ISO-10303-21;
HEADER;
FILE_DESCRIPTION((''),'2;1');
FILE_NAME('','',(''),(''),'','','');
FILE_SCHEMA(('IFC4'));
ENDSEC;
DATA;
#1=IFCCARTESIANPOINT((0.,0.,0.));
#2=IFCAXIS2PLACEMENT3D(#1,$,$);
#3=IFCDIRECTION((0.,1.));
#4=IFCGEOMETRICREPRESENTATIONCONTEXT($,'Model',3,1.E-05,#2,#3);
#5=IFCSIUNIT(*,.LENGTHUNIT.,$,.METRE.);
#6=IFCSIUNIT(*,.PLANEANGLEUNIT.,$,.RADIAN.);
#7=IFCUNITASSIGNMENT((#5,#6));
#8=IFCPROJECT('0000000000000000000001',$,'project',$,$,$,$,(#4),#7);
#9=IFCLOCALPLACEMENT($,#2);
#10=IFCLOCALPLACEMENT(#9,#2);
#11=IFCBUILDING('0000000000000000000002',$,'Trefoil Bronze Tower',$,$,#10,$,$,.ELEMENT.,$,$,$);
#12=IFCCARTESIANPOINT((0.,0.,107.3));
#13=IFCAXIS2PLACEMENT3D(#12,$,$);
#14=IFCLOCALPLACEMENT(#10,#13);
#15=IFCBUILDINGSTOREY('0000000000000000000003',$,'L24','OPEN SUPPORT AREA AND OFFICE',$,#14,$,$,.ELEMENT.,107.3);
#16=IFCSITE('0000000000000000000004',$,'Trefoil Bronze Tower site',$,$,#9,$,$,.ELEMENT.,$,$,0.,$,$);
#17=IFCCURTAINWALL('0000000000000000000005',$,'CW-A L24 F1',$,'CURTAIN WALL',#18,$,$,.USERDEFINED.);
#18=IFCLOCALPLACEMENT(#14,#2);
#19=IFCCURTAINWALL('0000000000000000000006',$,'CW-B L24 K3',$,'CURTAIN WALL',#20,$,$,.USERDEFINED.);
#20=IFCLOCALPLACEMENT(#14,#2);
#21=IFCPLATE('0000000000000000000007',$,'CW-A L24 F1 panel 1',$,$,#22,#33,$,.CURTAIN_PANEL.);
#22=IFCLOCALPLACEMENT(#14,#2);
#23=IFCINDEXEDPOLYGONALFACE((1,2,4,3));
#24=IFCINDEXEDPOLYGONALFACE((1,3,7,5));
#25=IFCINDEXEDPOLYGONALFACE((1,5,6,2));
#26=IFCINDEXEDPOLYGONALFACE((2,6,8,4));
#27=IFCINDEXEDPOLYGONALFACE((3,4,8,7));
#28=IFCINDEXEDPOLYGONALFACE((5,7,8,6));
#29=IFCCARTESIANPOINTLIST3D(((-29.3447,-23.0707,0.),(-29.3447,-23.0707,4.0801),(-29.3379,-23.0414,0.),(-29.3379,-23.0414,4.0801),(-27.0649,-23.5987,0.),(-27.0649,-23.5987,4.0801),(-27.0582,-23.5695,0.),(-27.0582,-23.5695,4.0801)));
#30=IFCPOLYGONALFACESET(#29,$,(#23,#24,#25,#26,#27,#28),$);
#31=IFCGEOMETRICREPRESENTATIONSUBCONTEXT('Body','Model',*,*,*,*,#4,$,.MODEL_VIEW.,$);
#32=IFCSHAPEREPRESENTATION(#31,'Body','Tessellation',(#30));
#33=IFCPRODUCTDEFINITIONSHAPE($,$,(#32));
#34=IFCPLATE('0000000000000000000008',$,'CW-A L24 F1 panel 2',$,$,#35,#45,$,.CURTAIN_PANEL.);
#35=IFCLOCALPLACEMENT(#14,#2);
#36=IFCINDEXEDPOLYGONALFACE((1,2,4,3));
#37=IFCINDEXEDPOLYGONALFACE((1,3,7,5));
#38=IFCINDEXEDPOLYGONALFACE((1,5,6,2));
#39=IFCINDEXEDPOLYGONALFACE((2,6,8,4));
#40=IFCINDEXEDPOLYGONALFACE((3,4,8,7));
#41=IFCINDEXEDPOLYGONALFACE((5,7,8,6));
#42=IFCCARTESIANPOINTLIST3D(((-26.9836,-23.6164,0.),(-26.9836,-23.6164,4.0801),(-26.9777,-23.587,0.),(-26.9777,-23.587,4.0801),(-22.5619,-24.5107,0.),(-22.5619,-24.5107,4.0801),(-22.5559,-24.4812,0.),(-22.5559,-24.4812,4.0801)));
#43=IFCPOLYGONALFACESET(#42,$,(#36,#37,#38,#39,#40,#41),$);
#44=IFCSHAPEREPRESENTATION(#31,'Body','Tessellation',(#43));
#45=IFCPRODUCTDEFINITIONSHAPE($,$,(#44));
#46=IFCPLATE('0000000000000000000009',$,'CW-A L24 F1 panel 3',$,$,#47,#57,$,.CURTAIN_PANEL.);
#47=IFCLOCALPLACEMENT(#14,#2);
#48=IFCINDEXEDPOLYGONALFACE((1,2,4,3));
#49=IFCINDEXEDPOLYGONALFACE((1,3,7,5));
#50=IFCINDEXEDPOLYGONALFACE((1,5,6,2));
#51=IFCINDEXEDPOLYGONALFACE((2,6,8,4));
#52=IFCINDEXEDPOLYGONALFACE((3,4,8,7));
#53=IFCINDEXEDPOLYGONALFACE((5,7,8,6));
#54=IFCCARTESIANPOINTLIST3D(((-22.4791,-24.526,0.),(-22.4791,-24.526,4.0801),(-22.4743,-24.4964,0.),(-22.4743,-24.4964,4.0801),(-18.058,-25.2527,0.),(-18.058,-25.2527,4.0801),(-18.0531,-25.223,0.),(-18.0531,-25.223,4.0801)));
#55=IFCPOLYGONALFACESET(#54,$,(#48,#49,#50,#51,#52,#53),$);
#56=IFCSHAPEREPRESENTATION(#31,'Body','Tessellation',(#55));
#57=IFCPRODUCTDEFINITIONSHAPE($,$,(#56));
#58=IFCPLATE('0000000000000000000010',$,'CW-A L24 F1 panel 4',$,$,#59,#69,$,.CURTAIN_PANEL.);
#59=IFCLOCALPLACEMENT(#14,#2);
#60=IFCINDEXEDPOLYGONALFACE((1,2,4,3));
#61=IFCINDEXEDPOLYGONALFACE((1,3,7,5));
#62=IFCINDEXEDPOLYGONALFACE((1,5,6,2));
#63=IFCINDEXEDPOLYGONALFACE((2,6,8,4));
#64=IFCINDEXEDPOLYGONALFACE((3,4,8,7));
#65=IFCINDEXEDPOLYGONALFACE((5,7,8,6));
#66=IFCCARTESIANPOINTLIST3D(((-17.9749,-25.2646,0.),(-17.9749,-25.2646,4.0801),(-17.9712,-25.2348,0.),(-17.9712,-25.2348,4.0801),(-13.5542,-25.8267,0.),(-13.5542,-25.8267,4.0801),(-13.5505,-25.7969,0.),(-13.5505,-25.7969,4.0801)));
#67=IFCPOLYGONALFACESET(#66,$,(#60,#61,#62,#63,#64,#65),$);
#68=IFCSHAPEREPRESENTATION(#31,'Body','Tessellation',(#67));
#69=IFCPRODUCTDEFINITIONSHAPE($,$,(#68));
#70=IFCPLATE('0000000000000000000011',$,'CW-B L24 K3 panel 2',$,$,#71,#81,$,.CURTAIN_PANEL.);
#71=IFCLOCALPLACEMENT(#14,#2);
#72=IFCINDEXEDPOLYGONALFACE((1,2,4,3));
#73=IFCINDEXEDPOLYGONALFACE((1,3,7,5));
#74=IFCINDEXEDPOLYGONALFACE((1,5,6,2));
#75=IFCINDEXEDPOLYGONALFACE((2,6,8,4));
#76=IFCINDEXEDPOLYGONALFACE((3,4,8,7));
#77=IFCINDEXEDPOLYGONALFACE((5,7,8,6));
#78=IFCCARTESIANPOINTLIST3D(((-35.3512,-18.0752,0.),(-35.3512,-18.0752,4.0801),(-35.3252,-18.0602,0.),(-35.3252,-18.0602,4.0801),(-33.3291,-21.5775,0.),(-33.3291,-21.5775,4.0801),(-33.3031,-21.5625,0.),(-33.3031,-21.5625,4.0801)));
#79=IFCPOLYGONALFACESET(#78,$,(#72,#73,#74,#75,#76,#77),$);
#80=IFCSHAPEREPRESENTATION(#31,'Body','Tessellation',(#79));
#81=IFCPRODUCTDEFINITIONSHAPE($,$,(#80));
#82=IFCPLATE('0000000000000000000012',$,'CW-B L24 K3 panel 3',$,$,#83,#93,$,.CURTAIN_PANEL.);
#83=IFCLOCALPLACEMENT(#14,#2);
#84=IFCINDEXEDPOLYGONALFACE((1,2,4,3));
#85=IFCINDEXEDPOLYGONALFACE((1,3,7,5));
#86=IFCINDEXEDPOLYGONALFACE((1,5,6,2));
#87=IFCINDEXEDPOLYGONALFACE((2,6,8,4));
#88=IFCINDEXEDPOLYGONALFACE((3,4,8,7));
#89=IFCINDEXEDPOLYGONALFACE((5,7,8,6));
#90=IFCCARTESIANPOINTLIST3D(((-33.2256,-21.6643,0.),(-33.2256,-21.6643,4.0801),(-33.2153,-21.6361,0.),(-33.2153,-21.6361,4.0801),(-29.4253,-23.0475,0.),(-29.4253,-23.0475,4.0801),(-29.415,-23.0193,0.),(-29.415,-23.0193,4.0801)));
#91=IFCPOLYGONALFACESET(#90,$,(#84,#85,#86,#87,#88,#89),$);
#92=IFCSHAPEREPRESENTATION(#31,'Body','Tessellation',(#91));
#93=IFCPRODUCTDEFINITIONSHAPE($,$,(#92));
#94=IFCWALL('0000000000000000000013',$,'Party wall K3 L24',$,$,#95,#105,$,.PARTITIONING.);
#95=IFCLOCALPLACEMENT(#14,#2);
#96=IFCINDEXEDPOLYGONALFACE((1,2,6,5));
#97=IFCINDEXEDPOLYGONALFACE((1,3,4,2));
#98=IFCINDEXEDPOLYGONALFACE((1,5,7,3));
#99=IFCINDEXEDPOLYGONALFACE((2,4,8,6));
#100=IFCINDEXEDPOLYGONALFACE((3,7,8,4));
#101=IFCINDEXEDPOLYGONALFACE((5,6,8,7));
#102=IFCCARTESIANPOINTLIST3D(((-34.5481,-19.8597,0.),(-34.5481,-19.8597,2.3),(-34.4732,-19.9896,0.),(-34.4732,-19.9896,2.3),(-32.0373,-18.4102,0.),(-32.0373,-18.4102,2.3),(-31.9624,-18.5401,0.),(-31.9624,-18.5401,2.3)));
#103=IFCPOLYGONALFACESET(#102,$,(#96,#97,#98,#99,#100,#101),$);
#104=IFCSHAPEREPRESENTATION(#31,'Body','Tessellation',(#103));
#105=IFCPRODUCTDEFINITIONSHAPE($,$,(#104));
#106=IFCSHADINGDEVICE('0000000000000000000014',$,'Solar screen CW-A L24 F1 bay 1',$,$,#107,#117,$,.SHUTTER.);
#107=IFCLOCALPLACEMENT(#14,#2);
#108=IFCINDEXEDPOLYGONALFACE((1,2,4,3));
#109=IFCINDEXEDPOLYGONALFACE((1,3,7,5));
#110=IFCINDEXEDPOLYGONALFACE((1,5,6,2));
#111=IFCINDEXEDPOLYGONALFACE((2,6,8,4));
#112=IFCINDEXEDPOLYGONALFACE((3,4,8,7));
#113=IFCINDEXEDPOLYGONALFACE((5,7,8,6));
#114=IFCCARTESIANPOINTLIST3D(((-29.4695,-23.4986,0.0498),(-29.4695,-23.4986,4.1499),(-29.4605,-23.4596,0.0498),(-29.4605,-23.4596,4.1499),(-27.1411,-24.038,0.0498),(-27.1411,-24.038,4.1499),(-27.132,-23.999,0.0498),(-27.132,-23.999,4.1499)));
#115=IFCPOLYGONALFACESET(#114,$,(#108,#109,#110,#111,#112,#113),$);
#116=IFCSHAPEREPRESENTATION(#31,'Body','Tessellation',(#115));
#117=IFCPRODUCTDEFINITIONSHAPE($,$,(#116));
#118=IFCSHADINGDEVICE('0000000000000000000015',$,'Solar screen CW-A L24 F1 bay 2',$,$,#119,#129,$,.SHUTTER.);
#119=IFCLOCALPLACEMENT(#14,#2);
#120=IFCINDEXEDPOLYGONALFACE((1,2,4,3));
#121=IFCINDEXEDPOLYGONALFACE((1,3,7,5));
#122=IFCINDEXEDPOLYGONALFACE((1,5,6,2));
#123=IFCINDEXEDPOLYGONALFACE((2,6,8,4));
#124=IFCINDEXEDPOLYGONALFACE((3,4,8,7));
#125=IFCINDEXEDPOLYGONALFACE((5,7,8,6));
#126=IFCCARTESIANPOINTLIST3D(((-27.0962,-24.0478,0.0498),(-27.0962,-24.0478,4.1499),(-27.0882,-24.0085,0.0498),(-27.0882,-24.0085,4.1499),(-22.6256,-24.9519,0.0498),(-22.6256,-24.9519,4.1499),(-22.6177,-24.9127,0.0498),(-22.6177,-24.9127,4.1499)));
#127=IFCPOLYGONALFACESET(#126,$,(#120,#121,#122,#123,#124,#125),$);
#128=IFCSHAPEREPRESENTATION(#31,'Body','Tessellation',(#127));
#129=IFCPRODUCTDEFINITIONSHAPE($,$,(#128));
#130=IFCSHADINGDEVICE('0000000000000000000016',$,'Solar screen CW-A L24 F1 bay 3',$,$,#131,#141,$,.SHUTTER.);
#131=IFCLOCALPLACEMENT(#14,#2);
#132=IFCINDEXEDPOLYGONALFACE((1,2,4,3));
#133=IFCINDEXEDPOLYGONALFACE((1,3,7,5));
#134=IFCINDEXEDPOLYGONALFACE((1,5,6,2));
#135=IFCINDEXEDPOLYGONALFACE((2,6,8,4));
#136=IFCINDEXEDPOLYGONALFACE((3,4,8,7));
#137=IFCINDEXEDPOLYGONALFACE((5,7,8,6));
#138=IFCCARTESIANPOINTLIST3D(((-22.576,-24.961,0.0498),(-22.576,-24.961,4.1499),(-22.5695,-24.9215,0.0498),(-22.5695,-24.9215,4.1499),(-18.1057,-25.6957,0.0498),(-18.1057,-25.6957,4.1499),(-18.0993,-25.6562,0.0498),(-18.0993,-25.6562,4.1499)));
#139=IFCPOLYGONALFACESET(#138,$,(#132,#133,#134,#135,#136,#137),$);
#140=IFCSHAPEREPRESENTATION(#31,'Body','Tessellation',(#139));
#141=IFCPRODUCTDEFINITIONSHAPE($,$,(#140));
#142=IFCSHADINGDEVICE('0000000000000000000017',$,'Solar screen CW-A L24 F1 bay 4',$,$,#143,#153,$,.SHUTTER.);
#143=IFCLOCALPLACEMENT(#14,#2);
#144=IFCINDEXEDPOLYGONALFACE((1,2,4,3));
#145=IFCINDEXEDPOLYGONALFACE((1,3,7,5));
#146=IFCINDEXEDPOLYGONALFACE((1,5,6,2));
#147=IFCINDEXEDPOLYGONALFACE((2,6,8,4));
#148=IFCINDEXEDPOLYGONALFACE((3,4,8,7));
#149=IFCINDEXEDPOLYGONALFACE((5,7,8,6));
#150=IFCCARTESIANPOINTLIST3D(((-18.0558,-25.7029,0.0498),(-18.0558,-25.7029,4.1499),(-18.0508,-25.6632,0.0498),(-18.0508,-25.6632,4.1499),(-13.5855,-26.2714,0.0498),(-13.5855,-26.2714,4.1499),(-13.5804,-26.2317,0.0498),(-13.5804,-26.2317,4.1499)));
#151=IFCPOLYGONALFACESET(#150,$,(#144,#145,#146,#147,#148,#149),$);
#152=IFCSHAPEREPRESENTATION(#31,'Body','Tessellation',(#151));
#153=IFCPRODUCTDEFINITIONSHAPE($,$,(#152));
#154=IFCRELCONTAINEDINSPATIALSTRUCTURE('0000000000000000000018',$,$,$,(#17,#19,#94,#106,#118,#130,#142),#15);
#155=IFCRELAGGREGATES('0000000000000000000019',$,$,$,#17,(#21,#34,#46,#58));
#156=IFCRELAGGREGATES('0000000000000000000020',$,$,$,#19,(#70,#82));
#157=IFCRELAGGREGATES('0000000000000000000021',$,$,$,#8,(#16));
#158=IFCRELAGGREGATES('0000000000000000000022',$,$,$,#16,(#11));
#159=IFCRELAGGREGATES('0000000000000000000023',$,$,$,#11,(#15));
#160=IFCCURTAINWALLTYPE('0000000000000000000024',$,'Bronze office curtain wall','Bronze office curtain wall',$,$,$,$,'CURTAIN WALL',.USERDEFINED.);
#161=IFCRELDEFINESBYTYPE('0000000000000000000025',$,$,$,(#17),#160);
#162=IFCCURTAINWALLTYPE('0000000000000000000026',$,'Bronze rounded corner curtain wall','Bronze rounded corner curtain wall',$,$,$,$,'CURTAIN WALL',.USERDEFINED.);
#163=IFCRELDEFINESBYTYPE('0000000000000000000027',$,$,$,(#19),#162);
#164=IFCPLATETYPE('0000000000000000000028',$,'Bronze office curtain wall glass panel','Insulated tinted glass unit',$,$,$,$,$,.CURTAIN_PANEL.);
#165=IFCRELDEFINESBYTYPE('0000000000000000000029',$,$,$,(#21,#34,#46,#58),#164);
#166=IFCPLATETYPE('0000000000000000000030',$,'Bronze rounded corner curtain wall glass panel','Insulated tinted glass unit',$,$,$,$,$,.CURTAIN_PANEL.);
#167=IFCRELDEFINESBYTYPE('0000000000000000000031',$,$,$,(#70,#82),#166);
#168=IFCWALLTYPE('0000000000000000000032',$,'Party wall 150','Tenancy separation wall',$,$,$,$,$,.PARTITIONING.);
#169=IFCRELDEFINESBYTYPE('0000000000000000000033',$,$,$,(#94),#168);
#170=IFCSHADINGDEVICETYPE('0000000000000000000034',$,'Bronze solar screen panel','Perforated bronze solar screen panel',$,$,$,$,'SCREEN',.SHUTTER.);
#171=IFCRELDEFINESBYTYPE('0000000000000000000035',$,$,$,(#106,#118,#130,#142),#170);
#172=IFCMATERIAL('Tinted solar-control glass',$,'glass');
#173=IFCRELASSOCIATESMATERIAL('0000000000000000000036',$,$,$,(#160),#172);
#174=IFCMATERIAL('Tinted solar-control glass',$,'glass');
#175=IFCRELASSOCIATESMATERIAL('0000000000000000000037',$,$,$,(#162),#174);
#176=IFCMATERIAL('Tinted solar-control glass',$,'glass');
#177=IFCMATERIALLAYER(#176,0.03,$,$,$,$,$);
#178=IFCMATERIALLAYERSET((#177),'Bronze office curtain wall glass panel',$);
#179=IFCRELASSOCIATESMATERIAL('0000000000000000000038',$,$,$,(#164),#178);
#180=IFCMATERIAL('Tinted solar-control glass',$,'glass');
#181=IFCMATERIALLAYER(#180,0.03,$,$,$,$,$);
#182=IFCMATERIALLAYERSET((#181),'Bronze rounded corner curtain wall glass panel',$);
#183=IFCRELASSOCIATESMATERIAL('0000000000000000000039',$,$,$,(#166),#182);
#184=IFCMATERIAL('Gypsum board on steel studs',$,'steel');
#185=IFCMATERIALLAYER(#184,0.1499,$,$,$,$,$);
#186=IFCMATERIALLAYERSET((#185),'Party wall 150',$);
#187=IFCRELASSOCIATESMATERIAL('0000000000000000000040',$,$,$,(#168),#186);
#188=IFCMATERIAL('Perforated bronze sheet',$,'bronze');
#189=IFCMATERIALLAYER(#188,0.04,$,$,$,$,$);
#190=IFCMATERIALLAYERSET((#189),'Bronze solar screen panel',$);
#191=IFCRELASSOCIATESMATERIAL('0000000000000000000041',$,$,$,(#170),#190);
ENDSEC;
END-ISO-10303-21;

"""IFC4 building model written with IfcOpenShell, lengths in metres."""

from ifc_helpers import new_model, si_unit, direction, frame, frame_2d, origin, origin_2d, place, context, subcontext, project, spatial, rectangle, extrude, material, layer, layer_set, type_object, element, aggregate, save


model = new_model("IFC4")

# Units and contexts
model_context = context("Model", 3, precision=1e-05, world=origin(), true_north=direction((0.0, 1.0)))
body_context = subcontext(model_context, "Body", "Model", "MODEL_VIEW")
ifc_project = project(units=[si_unit("LENGTHUNIT", "METRE"), si_unit("PLANEANGLEUNIT", "RADIAN")], contexts=[model_context])

# Site, building, storey
site_placement = place(None, origin())
site = spatial("IfcSite", under=ifc_project, at=site_placement, Name="Trefoil Bronze Tower site", CompositionType="ELEMENT", RefElevation=0.0)
building_placement = place(site_placement, origin())
building = spatial("IfcBuilding", under=site, at=building_placement, Name="Trefoil Bronze Tower", CompositionType="ELEMENT")
storey_placement = place(building_placement, frame((0.0, 0.0, 107.3)))
storey = spatial("IfcBuildingStorey", under=building, at=storey_placement, Name="L24", Description="OPEN SUPPORT AREA AND OFFICE", CompositionType="ELEMENT", Elevation=107.3)

# Curtain walls
ifc_material_1 = material(Name="Tinted solar-control glass", Category="glass")
curtain_wall_type_1 = type_object("IfcCurtainWallType", Name="Bronze office curtain wall", Description="Bronze office curtain wall", ElementType="CURTAIN WALL", PredefinedType="USERDEFINED", material=ifc_material_1)
curtain_wall_1_placement = place(storey_placement, origin())
curtain_wall_1 = element("IfcCurtainWall", 1, at=curtain_wall_1_placement, inside=storey, type_object=curtain_wall_type_1, Name="CW-A L24 F1", ObjectType="CURTAIN WALL", PredefinedType="USERDEFINED")
ifc_material_2 = material(Name="Tinted solar-control glass", Category="glass")
curtain_wall_type_2 = type_object("IfcCurtainWallType", Name="Bronze rounded corner curtain wall", Description="Bronze rounded corner curtain wall", ElementType="CURTAIN WALL", PredefinedType="USERDEFINED", material=ifc_material_2)
curtain_wall_2_placement = place(storey_placement, origin())
curtain_wall_2 = element("IfcCurtainWall", 2, at=curtain_wall_2_placement, inside=storey, type_object=curtain_wall_type_2, Name="CW-B L24 K3", ObjectType="CURTAIN WALL", PredefinedType="USERDEFINED")

# Plates
ifc_material_3 = material(Name="Tinted solar-control glass", Category="glass")
ifc_layer_1 = layer(ifc_material_3, 0.03)
ifc_layer_set_1 = layer_set([ifc_layer_1], Name="Bronze office curtain wall glass panel")
plate_type_1 = type_object("IfcPlateType", Name="Bronze office curtain wall glass panel", Description="Insulated tinted glass unit", PredefinedType="CURTAIN_PANEL", material=ifc_layer_set_1)
plate_1_placement = place(storey_placement, frame((-28.2014, -23.3201, 0.0), z_axis=(0.0, 0.0, 1.0), x_axis=(0.974204, -0.225667, 0.0)))
plate_1 = element("IfcPlate", 3, at=plate_1_placement, type_object=plate_type_1, Name="CW-A L24 F1 panel 1", PredefinedType="CURTAIN_PANEL", context=body_context, shape_type="SweptSolid", body=[
    extrude(rectangle(XDim=2.3401, YDim=0.03, at=origin_2d()), origin(), (0.0, 0.0, 1.0), 4.0801),
])
plate_2_placement = place(storey_placement, frame((-24.7698, -24.0488, 0.0), z_axis=(0.0, 0.0, 1.0), x_axis=(0.980155, -0.198232, 0.0)))
plate_2 = element("IfcPlate", 4, at=plate_2_placement, type_object=plate_type_1, Name="CW-A L24 F1 panel 2", PredefinedType="CURTAIN_PANEL", context=body_context, shape_type="SweptSolid", body=[
    extrude(rectangle(XDim=4.5112, YDim=0.03, at=origin_2d()), origin(), (0.0, 0.0, 1.0), 4.0801),
])
plate_3_placement = place(storey_placement, frame((-20.2661, -24.8745, 0.0), z_axis=(0.0, 0.0, 1.0), x_axis=(0.98676, -0.162189, 0.0)))
plate_3 = element("IfcPlate", 5, at=plate_3_placement, type_object=plate_type_1, Name="CW-A L24 F1 panel 3", PredefinedType="CURTAIN_PANEL", context=body_context, shape_type="SweptSolid", body=[
    extrude(rectangle(XDim=4.4805, YDim=0.03, at=origin_2d()), origin(), (0.0, 0.0, 1.0), 4.0801),
])
plate_4_placement = place(storey_placement, frame((-15.7627, -25.5308, 0.0), z_axis=(0.0, 0.0, 1.0), x_axis=(0.992012, -0.126147, 0.0)))
plate_4 = element("IfcPlate", 6, at=plate_4_placement, type_object=plate_type_1, Name="CW-A L24 F1 panel 4", PredefinedType="CURTAIN_PANEL", context=body_context, shape_type="SweptSolid", body=[
    extrude(rectangle(XDim=4.4563, YDim=0.03, at=origin_2d()), origin(), (0.0, 0.0, 1.0), 4.0801),
])
aggregate(curtain_wall_1, [plate_1, plate_2, plate_3, plate_4])
ifc_material_4 = material(Name="Tinted solar-control glass", Category="glass")
ifc_layer_2 = layer(ifc_material_4, 0.03)
ifc_layer_set_2 = layer_set([ifc_layer_2], Name="Bronze rounded corner curtain wall glass panel")
plate_type_2 = type_object("IfcPlateType", Name="Bronze rounded corner curtain wall glass panel", Description="Insulated tinted glass unit", PredefinedType="CURTAIN_PANEL", material=ifc_layer_set_2)
plate_5_placement = place(storey_placement, frame((-34.3271, -19.8188, 0.0), z_axis=(0.0, 0.0, 1.0), x_axis=(0.5, -0.866025, 0.0)))
plate_5 = element("IfcPlate", 7, at=plate_5_placement, type_object=plate_type_2, Name="CW-B L24 K3 panel 2", PredefinedType="CURTAIN_PANEL", context=body_context, shape_type="SweptSolid", body=[
    extrude(rectangle(XDim=4.0442, YDim=0.03, at=origin_2d()), origin(), (0.0, 0.0, 1.0), 4.0801),
])
plate_6_placement = place(storey_placement, frame((-31.3203, -22.3418, 0.0), z_axis=(0.0, 0.0, 1.0), x_axis=(0.939693, -0.34202, 0.0)))
plate_6 = element("IfcPlate", 8, at=plate_6_placement, type_object=plate_type_2, Name="CW-B L24 K3 panel 3", PredefinedType="CURTAIN_PANEL", context=body_context, shape_type="SweptSolid", body=[
    extrude(rectangle(XDim=4.0442, YDim=0.03, at=origin_2d()), origin(), (0.0, 0.0, 1.0), 4.0801),
])
aggregate(curtain_wall_2, [plate_5, plate_6])

# Wall
ifc_material_5 = material(Name="Gypsum board on steel studs", Category="steel")
ifc_layer_3 = layer(ifc_material_5, 0.1499)
ifc_layer_set_3 = layer_set([ifc_layer_3], Name="Party wall 150")
wall_type = type_object("IfcWallType", Name="Party wall 150", Description="Tenancy separation wall", PredefinedType="PARTITIONING", material=ifc_layer_set_3)
wall_placement = place(storey_placement, frame((-31.9998, -18.4751, 0.0), z_axis=(0.0, 0.0, 1.0), x_axis=(-0.866043, -0.49997, 0.0)))
element("IfcWall", 9, at=wall_placement, inside=storey, type_object=wall_type, Name="Party wall K3 L24", PredefinedType="PARTITIONING", context=body_context, shape_type="SweptSolid", body=[
    extrude(rectangle(XDim=2.8992, YDim=0.1499, at=frame_2d((1.4497, 0.0))), origin(), (0.0, 0.0, 1.0), 2.3),
])

# Shading devices
ifc_material_6 = material(Name="Perforated bronze sheet", Category="bronze")
ifc_layer_4 = layer(ifc_material_6, 0.04)
ifc_layer_set_4 = layer_set([ifc_layer_4], Name="Bronze solar screen panel")
shading_device_type = type_object("IfcShadingDeviceType", Name="Bronze solar screen panel", Description="Perforated bronze solar screen panel", ElementType="SCREEN", PredefinedType="SHUTTER", material=ifc_layer_set_4)
shading_device_1_placement = place(storey_placement, frame((-28.3008, -23.7488, 0.0498), z_axis=(0.0, 0.0, 1.0), x_axis=(0.974204, -0.225667, 0.0)))
element("IfcShadingDevice", 10, at=shading_device_1_placement, inside=storey, type_object=shading_device_type, Name="Solar screen CW-A L24 F1 bay 1", PredefinedType="SHUTTER", context=body_context, shape_type="SweptSolid", body=[
    extrude(rectangle(XDim=2.3901, YDim=0.04, at=origin_2d()), origin(), (0.0, 0.0, 1.0), 4.1001),
])
shading_device_2_placement = place(storey_placement, frame((-24.8569, -24.4802, 0.0498), z_axis=(0.0, 0.0, 1.0), x_axis=(0.980155, -0.198232, 0.0)))
element("IfcShadingDevice", 11, at=shading_device_2_placement, inside=storey, type_object=shading_device_type, Name="Solar screen CW-A L24 F1 bay 2", PredefinedType="SHUTTER", context=body_context, shape_type="SweptSolid", body=[
    extrude(rectangle(XDim=4.561, YDim=0.04, at=origin_2d()), origin(), (0.0, 0.0, 1.0), 4.1001),
])
shading_device_3_placement = place(storey_placement, frame((-20.3376, -25.3086, 0.0498), z_axis=(0.0, 0.0, 1.0), x_axis=(0.98676, -0.162189, 0.0)))
element("IfcShadingDevice", 12, at=shading_device_3_placement, inside=storey, type_object=shading_device_type, Name="Solar screen CW-A L24 F1 bay 3", PredefinedType="SHUTTER", context=body_context, shape_type="SweptSolid", body=[
    extrude(rectangle(XDim=4.5303, YDim=0.04, at=origin_2d()), origin(), (0.0, 0.0, 1.0), 4.1001),
])
shading_device_4_placement = place(storey_placement, frame((-15.8181, -25.9673, 0.0498), z_axis=(0.0, 0.0, 1.0), x_axis=(0.992012, -0.126147, 0.0)))
element("IfcShadingDevice", 13, at=shading_device_4_placement, inside=storey, type_object=shading_device_type, Name="Solar screen CW-A L24 F1 bay 4", PredefinedType="SHUTTER", context=body_context, shape_type="SweptSolid", body=[
    extrude(rectangle(XDim=4.5063, YDim=0.04, at=origin_2d()), origin(), (0.0, 0.0, 1.0), 4.1001),
])

save(model, "model.ifc")
